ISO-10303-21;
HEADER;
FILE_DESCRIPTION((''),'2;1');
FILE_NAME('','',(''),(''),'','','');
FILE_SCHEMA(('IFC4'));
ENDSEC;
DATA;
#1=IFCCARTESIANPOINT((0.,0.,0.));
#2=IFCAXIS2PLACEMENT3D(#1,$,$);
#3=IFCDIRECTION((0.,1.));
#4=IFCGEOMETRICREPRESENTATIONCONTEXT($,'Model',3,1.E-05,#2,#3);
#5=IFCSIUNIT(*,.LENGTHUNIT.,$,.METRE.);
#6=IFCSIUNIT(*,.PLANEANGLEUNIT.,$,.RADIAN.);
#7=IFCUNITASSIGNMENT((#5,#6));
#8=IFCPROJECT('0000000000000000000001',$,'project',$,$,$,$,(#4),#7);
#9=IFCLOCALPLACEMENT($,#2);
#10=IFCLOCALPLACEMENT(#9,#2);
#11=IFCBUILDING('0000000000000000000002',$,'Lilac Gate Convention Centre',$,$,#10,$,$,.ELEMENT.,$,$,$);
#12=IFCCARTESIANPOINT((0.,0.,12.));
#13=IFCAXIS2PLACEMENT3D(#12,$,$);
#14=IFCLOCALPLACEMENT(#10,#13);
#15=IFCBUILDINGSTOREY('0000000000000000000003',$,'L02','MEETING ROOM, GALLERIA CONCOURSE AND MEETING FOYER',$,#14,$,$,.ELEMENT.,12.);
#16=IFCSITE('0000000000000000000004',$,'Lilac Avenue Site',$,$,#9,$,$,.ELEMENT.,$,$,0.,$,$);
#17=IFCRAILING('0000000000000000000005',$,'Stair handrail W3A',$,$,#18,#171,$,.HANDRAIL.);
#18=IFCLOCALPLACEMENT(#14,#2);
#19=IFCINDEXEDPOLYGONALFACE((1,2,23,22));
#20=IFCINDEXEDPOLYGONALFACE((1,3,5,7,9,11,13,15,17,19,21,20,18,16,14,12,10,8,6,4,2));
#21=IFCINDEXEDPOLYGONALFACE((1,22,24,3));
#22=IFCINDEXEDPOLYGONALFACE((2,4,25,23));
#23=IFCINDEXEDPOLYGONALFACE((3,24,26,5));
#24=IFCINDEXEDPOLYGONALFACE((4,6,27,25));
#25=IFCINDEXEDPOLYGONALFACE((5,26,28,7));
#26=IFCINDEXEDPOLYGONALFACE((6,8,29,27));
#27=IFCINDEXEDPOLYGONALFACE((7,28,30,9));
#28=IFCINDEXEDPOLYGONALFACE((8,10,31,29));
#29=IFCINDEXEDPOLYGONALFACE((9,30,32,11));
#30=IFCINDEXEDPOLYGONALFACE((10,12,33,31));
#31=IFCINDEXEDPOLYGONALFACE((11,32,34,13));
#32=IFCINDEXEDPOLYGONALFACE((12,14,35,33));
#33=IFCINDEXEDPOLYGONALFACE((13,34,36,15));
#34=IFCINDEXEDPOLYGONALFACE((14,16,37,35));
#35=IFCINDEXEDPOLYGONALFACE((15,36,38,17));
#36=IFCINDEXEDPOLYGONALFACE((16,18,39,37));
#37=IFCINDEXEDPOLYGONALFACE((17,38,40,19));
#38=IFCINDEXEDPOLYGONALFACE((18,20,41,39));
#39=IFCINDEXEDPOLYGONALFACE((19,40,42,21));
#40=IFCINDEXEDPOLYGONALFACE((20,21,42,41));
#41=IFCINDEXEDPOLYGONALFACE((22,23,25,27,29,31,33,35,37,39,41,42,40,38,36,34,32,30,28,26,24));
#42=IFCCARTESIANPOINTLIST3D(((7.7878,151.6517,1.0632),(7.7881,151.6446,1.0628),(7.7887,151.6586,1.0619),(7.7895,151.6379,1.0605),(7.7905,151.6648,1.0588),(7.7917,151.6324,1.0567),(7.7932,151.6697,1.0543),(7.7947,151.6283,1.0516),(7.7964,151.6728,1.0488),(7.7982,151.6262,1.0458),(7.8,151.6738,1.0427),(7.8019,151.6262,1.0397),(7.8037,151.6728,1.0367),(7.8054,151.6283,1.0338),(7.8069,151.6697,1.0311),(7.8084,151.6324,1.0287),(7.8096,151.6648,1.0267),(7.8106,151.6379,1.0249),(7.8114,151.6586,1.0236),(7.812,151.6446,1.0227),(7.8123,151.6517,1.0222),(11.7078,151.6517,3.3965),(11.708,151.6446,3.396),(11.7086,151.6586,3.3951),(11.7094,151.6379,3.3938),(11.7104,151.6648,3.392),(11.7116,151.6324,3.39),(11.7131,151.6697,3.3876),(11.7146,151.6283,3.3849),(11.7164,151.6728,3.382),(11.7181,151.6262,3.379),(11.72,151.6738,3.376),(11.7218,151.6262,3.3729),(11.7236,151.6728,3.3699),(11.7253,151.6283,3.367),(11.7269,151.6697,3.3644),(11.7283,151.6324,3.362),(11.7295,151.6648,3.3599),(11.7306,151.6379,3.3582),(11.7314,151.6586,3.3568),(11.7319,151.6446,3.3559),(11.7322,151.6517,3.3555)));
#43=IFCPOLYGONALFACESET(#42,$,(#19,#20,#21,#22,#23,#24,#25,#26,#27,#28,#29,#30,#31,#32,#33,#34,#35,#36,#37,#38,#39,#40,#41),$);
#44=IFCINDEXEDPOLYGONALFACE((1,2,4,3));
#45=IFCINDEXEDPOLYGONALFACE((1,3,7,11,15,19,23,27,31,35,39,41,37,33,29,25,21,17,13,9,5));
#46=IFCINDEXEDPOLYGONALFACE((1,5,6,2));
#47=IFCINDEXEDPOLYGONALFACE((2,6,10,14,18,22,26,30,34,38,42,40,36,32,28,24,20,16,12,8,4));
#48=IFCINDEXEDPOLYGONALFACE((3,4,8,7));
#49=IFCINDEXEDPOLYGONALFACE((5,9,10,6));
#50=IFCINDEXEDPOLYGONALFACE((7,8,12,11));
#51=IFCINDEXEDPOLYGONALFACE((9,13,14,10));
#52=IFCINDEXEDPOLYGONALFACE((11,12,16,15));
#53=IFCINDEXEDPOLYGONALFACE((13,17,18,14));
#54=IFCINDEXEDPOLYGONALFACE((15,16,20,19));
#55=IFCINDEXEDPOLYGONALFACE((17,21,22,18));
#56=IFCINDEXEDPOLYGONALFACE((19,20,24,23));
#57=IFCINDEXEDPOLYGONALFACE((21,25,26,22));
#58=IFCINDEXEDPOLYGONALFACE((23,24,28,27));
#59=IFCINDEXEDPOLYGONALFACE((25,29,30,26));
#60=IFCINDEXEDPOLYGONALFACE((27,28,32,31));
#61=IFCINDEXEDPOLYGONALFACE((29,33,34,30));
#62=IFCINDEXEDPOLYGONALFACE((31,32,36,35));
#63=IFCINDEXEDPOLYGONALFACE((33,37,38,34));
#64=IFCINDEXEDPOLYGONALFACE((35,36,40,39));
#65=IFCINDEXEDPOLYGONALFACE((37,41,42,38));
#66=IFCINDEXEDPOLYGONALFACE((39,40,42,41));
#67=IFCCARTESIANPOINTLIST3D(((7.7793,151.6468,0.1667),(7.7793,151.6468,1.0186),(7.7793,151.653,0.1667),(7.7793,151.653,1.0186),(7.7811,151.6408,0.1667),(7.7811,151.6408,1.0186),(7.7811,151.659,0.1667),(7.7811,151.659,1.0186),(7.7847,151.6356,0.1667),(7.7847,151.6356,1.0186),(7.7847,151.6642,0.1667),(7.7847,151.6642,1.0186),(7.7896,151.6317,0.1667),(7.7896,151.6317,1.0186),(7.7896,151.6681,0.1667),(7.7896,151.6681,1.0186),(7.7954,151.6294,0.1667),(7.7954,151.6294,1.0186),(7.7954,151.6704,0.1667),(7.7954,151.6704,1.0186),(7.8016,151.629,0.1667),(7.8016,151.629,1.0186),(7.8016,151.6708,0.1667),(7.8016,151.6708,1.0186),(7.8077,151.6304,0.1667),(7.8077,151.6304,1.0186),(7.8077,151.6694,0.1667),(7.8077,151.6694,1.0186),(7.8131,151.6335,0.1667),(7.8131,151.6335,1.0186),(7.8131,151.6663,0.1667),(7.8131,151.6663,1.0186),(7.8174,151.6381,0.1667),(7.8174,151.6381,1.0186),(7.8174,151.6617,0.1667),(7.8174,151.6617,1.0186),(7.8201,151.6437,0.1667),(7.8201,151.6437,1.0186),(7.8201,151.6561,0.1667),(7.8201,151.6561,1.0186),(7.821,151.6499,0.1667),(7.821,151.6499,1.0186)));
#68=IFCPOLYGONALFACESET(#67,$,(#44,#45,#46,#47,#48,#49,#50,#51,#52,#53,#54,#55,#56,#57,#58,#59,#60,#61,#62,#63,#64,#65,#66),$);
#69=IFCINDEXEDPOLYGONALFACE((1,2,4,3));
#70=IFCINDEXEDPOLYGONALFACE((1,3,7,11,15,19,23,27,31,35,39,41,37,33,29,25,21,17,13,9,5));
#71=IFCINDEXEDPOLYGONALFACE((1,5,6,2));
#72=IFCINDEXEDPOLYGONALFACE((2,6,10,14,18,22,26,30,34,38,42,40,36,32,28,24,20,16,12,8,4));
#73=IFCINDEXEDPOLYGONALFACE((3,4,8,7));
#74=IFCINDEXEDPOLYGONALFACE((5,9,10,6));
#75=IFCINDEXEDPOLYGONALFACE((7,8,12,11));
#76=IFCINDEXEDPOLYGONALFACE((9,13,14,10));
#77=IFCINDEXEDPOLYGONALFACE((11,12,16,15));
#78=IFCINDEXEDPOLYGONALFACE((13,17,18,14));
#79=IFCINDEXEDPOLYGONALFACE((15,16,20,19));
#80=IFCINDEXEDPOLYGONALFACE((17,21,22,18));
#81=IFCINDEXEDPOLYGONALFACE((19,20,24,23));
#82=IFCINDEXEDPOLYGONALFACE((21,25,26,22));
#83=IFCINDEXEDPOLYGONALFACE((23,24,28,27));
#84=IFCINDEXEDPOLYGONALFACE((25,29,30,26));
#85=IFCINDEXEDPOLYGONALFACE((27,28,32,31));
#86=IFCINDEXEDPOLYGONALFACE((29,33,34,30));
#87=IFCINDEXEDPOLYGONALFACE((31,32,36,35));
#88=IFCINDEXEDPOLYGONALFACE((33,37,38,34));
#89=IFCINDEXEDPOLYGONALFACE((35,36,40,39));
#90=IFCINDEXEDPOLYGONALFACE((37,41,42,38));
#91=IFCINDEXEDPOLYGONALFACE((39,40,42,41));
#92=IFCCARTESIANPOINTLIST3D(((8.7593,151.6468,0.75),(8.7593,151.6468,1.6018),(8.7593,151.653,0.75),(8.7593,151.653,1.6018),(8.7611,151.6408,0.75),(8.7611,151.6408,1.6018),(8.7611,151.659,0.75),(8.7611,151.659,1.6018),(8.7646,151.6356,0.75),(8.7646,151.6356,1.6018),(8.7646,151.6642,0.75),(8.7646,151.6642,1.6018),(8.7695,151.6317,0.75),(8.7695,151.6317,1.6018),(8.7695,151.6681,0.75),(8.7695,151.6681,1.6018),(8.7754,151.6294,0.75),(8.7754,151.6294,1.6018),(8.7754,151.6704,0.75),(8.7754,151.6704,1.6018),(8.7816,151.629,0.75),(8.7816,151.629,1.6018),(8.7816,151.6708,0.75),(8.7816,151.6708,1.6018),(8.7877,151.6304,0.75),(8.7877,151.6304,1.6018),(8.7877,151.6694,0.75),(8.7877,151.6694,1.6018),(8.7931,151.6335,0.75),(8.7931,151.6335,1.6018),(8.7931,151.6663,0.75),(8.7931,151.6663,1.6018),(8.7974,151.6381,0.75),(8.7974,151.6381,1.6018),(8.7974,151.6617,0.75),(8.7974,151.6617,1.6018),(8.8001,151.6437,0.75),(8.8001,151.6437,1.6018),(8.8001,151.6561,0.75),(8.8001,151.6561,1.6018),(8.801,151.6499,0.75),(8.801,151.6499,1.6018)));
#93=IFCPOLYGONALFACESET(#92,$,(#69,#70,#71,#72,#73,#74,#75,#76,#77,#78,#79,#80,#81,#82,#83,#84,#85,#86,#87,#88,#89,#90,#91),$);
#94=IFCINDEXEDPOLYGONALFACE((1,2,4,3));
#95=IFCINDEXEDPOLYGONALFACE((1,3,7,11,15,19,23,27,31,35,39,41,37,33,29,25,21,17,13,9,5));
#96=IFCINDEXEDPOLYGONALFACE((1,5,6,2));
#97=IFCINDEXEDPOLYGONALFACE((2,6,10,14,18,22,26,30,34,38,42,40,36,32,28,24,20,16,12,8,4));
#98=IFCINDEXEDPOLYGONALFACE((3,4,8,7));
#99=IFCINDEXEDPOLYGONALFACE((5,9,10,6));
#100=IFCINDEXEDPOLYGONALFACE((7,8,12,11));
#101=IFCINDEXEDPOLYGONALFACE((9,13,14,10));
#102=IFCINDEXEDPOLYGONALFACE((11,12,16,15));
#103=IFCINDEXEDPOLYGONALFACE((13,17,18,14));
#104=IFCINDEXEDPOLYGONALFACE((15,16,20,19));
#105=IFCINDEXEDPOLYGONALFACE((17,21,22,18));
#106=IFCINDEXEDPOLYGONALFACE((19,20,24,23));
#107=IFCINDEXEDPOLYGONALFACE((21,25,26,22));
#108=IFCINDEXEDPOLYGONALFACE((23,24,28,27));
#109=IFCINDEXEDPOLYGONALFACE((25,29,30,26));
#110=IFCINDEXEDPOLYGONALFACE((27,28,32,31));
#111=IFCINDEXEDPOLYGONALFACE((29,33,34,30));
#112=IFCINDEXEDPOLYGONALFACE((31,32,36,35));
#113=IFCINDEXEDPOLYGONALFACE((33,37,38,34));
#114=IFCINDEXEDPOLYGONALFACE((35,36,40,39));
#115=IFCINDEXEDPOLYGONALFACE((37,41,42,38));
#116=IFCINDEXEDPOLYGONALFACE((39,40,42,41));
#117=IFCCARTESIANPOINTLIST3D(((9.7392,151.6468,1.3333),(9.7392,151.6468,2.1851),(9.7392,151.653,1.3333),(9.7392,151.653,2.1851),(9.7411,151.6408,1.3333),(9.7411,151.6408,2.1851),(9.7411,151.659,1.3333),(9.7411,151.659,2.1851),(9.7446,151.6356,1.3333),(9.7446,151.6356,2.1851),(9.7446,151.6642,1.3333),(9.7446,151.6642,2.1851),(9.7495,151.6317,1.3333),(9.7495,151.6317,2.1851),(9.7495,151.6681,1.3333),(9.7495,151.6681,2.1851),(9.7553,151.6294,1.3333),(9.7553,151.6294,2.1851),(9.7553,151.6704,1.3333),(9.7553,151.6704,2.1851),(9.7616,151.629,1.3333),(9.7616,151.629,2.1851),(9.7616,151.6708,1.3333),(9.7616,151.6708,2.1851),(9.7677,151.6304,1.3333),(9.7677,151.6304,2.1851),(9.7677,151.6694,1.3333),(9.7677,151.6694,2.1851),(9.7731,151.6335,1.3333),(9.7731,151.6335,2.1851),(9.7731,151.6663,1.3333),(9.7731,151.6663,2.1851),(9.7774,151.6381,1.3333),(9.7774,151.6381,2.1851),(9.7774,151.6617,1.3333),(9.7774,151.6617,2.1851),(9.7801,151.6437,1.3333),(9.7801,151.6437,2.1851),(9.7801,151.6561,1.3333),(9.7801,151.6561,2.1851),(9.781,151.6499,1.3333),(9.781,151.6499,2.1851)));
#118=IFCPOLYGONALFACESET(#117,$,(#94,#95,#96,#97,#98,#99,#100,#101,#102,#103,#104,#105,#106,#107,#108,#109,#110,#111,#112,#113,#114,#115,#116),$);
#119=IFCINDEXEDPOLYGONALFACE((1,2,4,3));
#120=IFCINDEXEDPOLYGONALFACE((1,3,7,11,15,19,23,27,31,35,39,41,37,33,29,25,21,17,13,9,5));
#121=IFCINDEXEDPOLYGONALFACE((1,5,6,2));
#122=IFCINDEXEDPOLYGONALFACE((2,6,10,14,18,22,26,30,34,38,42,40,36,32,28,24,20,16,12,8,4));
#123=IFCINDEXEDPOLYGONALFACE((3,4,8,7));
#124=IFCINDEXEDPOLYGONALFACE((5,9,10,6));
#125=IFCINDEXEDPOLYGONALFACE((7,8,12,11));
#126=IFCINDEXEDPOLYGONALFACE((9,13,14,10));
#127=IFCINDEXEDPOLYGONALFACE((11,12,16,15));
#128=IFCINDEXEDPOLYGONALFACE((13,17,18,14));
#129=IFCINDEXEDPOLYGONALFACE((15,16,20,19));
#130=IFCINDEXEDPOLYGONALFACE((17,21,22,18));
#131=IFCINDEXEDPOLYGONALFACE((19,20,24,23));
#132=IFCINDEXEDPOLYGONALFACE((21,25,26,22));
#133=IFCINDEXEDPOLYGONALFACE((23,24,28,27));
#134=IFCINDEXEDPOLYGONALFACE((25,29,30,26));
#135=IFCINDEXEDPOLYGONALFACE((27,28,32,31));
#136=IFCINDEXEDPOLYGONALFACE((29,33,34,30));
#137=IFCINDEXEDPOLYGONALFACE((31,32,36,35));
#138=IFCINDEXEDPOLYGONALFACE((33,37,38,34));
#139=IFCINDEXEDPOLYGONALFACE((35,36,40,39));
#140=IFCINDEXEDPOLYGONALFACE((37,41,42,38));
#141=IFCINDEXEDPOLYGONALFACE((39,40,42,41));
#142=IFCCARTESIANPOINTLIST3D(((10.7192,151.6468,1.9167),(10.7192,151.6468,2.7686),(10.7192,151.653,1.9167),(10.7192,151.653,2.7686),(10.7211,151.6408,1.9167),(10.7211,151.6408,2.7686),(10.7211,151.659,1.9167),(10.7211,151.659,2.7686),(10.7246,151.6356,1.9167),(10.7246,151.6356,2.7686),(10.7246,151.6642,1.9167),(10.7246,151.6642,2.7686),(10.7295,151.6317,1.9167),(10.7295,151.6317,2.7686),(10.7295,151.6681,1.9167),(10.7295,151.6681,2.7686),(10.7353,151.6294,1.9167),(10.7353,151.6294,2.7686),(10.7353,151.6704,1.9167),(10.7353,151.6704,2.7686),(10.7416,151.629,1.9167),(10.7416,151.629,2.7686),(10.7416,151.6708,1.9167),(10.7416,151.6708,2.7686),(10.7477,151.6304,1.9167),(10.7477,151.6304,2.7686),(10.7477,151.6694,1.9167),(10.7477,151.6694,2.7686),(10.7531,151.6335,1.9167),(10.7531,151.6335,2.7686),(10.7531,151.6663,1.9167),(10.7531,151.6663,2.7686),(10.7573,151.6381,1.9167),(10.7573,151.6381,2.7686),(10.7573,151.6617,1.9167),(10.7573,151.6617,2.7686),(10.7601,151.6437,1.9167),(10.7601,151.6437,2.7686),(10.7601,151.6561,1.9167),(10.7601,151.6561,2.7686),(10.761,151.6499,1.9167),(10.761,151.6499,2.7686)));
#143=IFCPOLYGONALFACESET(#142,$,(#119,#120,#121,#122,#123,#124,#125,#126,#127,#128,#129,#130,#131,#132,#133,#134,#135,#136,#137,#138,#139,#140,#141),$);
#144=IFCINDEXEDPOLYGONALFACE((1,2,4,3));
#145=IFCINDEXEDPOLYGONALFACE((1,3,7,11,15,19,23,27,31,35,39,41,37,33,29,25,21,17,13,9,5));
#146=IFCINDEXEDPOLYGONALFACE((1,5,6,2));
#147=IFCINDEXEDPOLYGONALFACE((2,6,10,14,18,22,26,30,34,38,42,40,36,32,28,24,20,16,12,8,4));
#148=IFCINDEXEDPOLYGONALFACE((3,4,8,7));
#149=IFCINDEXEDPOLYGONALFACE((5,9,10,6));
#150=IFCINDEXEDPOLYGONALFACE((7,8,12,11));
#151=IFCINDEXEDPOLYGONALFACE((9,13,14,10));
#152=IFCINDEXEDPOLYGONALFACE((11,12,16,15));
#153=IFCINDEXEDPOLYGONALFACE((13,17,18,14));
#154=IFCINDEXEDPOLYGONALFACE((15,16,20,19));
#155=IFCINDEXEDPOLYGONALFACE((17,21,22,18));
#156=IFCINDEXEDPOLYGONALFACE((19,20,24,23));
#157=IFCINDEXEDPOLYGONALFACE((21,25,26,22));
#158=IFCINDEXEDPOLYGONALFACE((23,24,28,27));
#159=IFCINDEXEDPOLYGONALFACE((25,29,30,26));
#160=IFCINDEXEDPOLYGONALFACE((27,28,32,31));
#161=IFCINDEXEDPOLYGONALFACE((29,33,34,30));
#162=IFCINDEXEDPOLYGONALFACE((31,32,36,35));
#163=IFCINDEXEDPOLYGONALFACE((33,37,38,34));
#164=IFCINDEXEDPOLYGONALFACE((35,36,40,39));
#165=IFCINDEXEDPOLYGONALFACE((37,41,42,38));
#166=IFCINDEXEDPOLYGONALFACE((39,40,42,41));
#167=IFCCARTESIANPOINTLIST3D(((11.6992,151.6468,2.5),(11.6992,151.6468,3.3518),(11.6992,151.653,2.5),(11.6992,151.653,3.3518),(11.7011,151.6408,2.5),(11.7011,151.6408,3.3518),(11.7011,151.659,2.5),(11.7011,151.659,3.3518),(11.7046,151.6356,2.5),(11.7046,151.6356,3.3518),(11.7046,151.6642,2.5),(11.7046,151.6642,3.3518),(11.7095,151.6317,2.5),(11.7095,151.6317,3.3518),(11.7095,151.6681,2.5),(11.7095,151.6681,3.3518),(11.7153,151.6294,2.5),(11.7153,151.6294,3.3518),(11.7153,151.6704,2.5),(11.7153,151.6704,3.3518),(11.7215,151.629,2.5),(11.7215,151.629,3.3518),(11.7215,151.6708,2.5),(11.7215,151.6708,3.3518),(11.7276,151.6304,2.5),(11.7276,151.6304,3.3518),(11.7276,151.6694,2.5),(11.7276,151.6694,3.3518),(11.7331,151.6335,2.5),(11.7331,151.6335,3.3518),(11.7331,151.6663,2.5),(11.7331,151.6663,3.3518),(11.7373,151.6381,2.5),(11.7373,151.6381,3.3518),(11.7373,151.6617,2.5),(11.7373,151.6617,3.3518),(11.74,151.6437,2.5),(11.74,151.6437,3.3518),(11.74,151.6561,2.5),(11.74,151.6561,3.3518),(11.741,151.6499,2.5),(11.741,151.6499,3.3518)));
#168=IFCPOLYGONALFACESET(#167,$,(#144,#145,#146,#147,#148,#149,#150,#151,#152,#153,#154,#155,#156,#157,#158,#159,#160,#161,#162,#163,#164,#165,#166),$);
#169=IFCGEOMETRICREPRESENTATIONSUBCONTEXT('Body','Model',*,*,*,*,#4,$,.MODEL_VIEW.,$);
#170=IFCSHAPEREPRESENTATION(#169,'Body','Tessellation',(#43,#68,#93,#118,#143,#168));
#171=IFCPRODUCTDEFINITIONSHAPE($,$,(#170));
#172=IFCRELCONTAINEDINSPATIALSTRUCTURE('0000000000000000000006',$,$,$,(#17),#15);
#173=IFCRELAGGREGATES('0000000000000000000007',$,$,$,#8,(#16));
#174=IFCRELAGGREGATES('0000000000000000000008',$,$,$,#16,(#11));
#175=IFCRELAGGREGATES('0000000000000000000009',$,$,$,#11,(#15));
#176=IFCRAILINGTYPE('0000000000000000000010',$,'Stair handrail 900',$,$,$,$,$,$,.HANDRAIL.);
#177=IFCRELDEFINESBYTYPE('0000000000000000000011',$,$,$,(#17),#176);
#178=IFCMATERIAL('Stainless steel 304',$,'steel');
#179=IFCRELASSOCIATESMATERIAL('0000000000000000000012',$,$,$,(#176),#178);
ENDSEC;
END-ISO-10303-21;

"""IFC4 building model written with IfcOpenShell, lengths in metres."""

from ifc_helpers import new_model, si_unit, direction, frame, origin, origin_2d, place, context, subcontext, project, spatial, circle, extrude, material, type_object, element, save


model = new_model("IFC4")

# Units and contexts
model_context = context("Model", 3, precision=1e-05, world=origin(), true_north=direction((0.0, 1.0)))
body_context = subcontext(model_context, "Body", "Model", "MODEL_VIEW")
ifc_project = project(units=[si_unit("LENGTHUNIT", "METRE"), si_unit("PLANEANGLEUNIT", "RADIAN")], contexts=[model_context])

# Site, building, storey
site_placement = place(None, origin())
site = spatial("IfcSite", under=ifc_project, at=site_placement, Name="Lilac Avenue Site", CompositionType="ELEMENT", RefElevation=0.0)
building_placement = place(site_placement, origin())
building = spatial("IfcBuilding", under=site, at=building_placement, Name="Lilac Gate Convention Centre", CompositionType="ELEMENT")
storey_placement = place(building_placement, frame((0.0, 0.0, 12.0)))
storey = spatial("IfcBuildingStorey", under=building, at=storey_placement, Name="L02", Description="MEETING ROOM, GALLERIA CONCOURSE AND MEETING FOYER", CompositionType="ELEMENT", Elevation=12.0)

# Shared definitions
ifc_material_1 = material(Name="Stainless steel 304", Category="steel")

# Railing
railing_type = type_object("IfcRailingType", Name="Stair handrail 900", PredefinedType="HANDRAIL", material=ifc_material_1)
for number, where, name in (
    (1, (7.8, 151.6499, 0.1667), "Stair handrail W3A"),
):
    element("IfcRailing", number, at=place(storey_placement, frame(where)), inside=storey, type_object=railing_type, Name=name, PredefinedType="HANDRAIL", context=body_context, shape_type="SweptSolid", body=[
        extrude(circle(Radius=0.0239, at=origin_2d()), frame((0.0, 0.0, 0.876), z_axis=(0.859296, 0.0, 0.511478), x_axis=(0.0, 1.0, 0.0)), (0.0, 0.0, 1.0), 4.5618),
        extrude(circle(Radius=0.021, at=origin_2d()), origin(), (0.0, 0.0, 1.0), 0.8518),
        extrude(circle(Radius=0.021, at=origin_2d()), frame((0.98, 0.0, 0.5833)), (0.0, 0.0, 1.0), 0.8518),
        extrude(circle(Radius=0.021, at=origin_2d()), frame((1.96, 0.0, 1.1665)), (0.0, 0.0, 1.0), 0.8518),
        extrude(circle(Radius=0.021, at=origin_2d()), frame((2.9399, 0.0, 1.75)), (0.0, 0.0, 1.0), 0.8518),
        extrude(circle(Radius=0.021, at=origin_2d()), frame((3.9199, 0.0, 2.3333)), (0.0, 0.0, 1.0), 0.8518),
    ])

save(model, "model.ifc")
